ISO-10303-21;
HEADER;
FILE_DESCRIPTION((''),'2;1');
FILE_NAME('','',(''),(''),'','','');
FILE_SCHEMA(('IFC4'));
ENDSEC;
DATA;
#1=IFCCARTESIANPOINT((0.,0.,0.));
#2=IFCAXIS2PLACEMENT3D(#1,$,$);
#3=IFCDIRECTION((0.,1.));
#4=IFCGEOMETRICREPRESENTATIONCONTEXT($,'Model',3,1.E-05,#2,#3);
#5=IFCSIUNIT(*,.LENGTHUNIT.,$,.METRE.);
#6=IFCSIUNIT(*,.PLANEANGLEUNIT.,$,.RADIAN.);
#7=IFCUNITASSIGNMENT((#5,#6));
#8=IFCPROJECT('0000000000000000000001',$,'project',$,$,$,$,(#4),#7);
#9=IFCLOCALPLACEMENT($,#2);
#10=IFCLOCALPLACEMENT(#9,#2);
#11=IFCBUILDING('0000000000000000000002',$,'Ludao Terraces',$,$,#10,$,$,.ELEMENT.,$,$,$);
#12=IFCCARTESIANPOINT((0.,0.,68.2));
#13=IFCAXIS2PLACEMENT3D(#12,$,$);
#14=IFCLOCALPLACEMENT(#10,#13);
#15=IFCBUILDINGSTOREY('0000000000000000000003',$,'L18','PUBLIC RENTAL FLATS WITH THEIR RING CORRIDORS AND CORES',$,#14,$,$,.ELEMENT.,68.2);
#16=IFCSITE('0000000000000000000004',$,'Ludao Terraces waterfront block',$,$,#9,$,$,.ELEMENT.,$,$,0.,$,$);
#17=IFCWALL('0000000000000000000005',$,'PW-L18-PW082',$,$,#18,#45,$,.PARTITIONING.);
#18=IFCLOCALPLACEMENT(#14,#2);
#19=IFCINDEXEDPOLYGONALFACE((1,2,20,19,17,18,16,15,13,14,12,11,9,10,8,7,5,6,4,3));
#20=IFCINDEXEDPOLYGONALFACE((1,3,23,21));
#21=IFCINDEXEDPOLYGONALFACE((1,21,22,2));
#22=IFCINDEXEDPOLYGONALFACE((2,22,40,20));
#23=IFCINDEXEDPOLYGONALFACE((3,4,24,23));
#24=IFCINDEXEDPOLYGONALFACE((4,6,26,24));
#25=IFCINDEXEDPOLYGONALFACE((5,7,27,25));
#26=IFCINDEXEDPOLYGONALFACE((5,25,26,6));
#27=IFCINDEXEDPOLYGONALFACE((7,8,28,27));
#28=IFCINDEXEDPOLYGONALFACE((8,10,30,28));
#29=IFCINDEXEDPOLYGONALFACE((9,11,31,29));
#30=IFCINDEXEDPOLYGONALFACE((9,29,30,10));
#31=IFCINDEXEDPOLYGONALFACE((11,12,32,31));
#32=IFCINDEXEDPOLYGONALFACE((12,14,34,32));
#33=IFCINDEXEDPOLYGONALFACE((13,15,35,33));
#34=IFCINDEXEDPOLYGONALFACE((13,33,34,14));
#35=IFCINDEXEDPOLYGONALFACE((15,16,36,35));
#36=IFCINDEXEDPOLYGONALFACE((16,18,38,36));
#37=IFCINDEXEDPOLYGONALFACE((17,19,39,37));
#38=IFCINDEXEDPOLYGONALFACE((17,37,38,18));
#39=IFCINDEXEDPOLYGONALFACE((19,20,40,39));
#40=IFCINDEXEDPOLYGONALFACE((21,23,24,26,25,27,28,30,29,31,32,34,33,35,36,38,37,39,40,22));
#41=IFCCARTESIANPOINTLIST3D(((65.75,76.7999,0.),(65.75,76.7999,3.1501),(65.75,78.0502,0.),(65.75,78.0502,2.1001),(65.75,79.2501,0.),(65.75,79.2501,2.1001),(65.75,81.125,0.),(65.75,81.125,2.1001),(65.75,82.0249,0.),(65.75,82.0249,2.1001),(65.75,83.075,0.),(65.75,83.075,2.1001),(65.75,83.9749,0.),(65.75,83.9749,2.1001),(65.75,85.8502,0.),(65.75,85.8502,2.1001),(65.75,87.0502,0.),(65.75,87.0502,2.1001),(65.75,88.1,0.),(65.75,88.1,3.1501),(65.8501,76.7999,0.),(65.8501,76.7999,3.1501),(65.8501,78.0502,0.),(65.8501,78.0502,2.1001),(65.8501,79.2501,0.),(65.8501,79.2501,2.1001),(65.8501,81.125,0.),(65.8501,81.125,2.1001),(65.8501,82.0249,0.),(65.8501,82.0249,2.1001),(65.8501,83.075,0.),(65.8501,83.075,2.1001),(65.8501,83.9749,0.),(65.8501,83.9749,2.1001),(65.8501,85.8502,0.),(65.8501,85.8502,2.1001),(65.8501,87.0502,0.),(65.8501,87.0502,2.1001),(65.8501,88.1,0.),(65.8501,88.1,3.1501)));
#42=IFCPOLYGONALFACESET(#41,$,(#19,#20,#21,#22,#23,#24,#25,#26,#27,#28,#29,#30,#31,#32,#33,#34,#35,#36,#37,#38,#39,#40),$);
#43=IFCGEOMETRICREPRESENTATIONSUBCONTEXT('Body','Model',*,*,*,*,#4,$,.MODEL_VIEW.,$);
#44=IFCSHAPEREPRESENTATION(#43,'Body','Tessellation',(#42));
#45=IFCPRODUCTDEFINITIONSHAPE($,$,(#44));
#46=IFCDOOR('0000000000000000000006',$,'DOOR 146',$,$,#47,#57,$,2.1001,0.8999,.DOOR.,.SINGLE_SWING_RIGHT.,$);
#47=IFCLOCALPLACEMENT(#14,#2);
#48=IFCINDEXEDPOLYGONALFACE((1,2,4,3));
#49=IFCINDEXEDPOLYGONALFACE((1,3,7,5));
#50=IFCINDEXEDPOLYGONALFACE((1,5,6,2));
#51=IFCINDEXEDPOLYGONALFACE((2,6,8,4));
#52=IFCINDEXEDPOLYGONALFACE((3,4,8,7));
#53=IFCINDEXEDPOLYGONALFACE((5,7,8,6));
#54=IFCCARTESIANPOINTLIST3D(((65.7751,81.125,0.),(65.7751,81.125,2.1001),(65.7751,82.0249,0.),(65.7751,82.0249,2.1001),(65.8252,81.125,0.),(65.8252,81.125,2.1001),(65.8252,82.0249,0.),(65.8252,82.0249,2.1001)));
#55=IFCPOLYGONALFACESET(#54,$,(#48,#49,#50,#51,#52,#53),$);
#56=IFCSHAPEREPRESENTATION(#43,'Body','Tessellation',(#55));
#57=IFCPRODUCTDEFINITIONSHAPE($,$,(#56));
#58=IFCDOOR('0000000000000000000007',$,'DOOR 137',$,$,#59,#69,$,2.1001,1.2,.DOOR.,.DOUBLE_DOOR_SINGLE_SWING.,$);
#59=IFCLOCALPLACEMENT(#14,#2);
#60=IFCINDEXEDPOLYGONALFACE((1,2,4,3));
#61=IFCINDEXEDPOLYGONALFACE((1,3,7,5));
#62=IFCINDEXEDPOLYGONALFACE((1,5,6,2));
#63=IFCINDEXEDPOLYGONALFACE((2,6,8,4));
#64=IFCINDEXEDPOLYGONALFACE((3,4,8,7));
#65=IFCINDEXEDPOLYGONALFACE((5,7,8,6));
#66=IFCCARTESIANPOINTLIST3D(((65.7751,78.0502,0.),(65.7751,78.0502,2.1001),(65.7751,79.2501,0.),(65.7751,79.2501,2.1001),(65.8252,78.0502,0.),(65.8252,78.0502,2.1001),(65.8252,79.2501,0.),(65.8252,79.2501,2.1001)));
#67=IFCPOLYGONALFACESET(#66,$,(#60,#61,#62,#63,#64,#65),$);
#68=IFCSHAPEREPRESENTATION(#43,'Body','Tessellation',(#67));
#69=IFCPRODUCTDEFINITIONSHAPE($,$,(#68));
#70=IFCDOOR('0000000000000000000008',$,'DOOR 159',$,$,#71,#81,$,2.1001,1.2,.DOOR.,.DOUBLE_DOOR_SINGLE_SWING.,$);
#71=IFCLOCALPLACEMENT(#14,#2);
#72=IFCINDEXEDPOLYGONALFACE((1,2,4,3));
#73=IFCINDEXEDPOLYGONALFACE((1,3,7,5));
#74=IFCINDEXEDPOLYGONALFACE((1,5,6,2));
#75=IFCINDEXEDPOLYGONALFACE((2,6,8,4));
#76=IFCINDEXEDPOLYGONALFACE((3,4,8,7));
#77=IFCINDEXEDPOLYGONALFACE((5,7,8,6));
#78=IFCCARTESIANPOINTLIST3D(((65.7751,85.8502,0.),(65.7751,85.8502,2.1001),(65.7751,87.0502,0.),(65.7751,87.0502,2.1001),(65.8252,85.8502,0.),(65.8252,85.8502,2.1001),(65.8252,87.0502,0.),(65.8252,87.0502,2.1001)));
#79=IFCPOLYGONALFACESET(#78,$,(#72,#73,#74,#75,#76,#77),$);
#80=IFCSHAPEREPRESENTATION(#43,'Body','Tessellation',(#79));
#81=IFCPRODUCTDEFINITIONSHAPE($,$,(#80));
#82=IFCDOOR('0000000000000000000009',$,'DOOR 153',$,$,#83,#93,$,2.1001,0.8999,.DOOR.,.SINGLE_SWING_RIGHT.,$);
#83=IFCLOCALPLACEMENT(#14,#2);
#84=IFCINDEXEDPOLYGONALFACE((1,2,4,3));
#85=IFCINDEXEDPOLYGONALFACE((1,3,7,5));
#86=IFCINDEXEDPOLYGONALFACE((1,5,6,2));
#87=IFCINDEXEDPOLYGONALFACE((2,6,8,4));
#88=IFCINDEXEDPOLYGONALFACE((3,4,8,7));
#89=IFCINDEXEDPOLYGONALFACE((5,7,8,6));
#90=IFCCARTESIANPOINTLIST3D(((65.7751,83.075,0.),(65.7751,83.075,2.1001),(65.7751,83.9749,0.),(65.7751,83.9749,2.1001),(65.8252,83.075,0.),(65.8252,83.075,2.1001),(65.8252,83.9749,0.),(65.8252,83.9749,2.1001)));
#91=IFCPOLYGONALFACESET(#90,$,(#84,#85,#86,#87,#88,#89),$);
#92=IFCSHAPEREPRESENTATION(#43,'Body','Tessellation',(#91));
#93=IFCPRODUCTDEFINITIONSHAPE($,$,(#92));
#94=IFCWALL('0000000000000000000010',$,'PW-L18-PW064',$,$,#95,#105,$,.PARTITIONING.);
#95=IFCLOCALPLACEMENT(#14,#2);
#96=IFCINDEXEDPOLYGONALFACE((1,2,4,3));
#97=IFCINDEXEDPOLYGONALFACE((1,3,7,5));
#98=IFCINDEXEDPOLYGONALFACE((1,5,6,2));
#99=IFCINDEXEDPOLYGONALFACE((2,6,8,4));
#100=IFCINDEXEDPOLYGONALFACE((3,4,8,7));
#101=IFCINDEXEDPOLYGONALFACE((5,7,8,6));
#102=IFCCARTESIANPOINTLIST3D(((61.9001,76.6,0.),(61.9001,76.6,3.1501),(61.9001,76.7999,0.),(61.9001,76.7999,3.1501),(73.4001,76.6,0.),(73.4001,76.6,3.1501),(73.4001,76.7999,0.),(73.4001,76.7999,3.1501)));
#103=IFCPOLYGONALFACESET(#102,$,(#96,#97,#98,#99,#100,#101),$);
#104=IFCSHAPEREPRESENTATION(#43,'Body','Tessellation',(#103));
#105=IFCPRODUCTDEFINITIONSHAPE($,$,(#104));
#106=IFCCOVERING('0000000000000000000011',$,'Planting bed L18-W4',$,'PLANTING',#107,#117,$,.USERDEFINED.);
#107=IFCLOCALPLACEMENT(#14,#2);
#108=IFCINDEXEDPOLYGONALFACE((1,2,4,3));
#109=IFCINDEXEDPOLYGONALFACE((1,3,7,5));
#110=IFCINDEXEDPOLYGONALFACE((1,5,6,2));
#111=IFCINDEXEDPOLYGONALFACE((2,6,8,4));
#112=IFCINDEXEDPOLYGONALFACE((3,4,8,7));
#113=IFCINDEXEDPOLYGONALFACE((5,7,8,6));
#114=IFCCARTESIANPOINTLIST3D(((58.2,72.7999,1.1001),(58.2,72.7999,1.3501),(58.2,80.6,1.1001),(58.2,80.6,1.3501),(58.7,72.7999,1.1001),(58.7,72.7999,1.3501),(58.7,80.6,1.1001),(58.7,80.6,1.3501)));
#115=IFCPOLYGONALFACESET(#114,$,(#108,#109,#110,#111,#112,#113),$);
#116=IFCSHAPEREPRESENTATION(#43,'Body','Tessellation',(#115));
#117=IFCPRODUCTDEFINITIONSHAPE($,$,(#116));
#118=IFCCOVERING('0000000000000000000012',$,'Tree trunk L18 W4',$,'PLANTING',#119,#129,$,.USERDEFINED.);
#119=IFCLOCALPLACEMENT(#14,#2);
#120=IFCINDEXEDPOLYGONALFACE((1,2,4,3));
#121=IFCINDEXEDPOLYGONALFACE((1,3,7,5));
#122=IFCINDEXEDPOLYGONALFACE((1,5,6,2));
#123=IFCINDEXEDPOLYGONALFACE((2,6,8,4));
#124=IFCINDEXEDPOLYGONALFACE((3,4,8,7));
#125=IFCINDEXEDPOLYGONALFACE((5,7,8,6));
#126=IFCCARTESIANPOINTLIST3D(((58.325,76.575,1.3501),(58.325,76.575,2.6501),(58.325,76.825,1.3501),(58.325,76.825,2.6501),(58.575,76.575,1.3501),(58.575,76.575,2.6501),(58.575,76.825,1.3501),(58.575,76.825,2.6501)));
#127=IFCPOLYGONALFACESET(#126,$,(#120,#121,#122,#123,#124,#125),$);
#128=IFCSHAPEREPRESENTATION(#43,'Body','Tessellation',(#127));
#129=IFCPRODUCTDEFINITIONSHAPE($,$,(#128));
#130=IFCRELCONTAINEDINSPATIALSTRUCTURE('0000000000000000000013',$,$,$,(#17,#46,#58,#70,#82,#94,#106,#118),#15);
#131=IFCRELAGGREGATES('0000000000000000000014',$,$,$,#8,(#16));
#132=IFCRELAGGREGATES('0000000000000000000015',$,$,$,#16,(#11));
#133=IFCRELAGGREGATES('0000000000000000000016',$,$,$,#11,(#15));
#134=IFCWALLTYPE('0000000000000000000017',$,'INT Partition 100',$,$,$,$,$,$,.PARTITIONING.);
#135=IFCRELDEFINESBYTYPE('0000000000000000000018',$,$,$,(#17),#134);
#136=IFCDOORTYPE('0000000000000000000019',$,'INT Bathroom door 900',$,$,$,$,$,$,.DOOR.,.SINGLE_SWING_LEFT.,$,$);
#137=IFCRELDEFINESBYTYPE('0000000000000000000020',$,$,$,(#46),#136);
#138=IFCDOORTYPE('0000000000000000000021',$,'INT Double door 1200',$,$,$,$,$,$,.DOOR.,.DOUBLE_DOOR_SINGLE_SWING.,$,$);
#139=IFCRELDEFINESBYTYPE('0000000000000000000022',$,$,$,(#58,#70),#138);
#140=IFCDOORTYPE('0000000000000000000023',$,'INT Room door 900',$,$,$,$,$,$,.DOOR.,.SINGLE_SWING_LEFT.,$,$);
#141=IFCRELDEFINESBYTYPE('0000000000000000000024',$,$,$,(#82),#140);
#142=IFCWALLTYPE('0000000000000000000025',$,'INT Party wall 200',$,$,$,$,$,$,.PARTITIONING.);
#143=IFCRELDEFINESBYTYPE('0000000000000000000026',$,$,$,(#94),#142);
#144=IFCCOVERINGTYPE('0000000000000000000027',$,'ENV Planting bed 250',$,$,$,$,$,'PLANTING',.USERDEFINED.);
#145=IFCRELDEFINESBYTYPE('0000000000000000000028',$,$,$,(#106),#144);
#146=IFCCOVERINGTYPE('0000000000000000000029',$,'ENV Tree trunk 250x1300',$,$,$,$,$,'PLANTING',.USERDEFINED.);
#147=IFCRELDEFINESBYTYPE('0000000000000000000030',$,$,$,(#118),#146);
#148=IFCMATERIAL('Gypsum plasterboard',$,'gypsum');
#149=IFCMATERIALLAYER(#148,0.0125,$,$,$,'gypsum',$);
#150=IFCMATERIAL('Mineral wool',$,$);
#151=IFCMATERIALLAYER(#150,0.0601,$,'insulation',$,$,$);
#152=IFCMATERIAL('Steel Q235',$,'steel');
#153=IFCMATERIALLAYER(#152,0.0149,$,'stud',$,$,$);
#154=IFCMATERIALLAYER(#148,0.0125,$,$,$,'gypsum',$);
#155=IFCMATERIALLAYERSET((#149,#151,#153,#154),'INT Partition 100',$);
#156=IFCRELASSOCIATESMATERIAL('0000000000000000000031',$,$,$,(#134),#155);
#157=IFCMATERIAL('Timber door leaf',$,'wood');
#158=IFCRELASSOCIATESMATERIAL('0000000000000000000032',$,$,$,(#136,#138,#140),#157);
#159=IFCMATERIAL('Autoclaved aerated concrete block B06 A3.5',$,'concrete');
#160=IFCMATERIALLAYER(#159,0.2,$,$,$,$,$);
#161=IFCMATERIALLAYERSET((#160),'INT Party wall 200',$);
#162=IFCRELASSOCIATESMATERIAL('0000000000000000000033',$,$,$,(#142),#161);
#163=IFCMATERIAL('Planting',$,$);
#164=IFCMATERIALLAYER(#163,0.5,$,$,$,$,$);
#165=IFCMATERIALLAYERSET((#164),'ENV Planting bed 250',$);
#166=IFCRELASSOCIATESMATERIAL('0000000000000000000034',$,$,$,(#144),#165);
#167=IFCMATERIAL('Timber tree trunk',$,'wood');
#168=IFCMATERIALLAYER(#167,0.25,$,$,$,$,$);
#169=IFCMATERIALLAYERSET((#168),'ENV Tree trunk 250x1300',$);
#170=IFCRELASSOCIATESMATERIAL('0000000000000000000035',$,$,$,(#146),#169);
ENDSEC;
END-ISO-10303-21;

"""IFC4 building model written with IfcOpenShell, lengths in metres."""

from ifc_helpers import new_model, si_unit, direction, frame, frame_2d, origin, origin_2d, place, context, subcontext, project, spatial, rectangle, extrude, material, layer, layer_set, type_object, element, fill, save


model = new_model("IFC4")

# Units and contexts
model_context = context("Model", 3, precision=1e-05, world=origin(), true_north=direction((0.0, 1.0)))
body_context = subcontext(model_context, "Body", "Model", "MODEL_VIEW")
ifc_project = project(units=[si_unit("LENGTHUNIT", "METRE"), si_unit("PLANEANGLEUNIT", "RADIAN")], contexts=[model_context])

# Site, building, storey
site_placement = place(None, origin())
site = spatial("IfcSite", under=ifc_project, at=site_placement, Name="Ludao Terraces waterfront block", CompositionType="ELEMENT", RefElevation=0.0)
building_placement = place(site_placement, origin())
building = spatial("IfcBuilding", under=site, at=building_placement, Name="Ludao Terraces", CompositionType="ELEMENT")
storey_placement = place(building_placement, frame((0.0, 0.0, 68.2)))
storey = spatial("IfcBuildingStorey", under=building, at=storey_placement, Name="L18", Description="PUBLIC RENTAL FLATS WITH THEIR RING CORRIDORS AND CORES", CompositionType="ELEMENT", Elevation=68.2)

# Shared definitions
ifc_material_1 = material(Name="Mineral wool")

# Shared definitions
ifc_material_2 = material(Name="Gypsum plasterboard", Category="gypsum")
ifc_layer_1 = layer(ifc_material_2, 0.0125, Category="gypsum")
ifc_layer_2 = layer(ifc_material_1, 0.0601, Name="insulation")
ifc_material_3 = material(Name="Steel Q235", Category="steel")
ifc_layer_3 = layer(ifc_material_3, 0.0149, Name="stud")
ifc_layer_4 = layer(ifc_material_2, 0.0125, Category="gypsum")
ifc_layer_set_1 = layer_set([ifc_layer_1, ifc_layer_2, ifc_layer_3, ifc_layer_4], Name="INT Partition 100")
wall_type_1 = type_object("IfcWallType", Name="INT Partition 100", PredefinedType="PARTITIONING", material=ifc_layer_set_1)

# Wall, openings, doors
wall_1_placement = place(storey_placement, frame((65.8, 76.8, 0.0), z_axis=(0.0, 0.0, 1.0), x_axis=(0.0, 1.0, 0.0)))
wall_1 = element("IfcWall", 1, at=wall_1_placement, inside=storey, type_object=wall_type_1, Name="PW-L18-PW082", PredefinedType="PARTITIONING", context=body_context, shape_type="SweptSolid", body=[
    extrude(rectangle(XDim=11.3, YDim=0.1001, at=frame_2d((5.6499, 0.0))), origin(), (0.0, 0.0, 1.0), 3.1501),
])
opening_1_placement = place(wall_1_placement, frame((1.25, 0.0, 0.0)))
opening_1 = element("IfcOpeningElement", 2, at=opening_1_placement, cuts=wall_1, PredefinedType="OPENING", context=body_context, shape_type="SweptSolid", body=[
    extrude(rectangle(XDim=1.2, YDim=2.1001, at=frame_2d((0.6001, 1.05))), frame((0.0, 0.0601, 0.0), z_axis=(0.0, -1.0, 0.0), x_axis=(1.0, 0.0, 0.0)), (0.0, 0.0, 1.0), 0.1201),
])
opening_2_placement = place(wall_1_placement, frame((4.325, 0.0, 0.0)))
opening_2 = element("IfcOpeningElement", 3, at=opening_2_placement, cuts=wall_1, PredefinedType="OPENING", context=body_context, shape_type="SweptSolid", body=[
    extrude(rectangle(XDim=0.8999, YDim=2.1001, at=frame_2d((0.45, 1.05))), frame((0.0, 0.0601, 0.0), z_axis=(0.0, -1.0, 0.0), x_axis=(1.0, 0.0, 0.0)), (0.0, 0.0, 1.0), 0.1201),
])
opening_3_placement = place(wall_1_placement, frame((6.2749, 0.0, 0.0)))
opening_3 = element("IfcOpeningElement", 4, at=opening_3_placement, cuts=wall_1, PredefinedType="OPENING", context=body_context, shape_type="SweptSolid", body=[
    extrude(rectangle(XDim=0.8999, YDim=2.1001, at=frame_2d((0.45, 1.05))), frame((0.0, 0.0601, 0.0), z_axis=(0.0, -1.0, 0.0), x_axis=(1.0, 0.0, 0.0)), (0.0, 0.0, 1.0), 0.1201),
])
opening_4_placement = place(wall_1_placement, frame((9.05, 0.0, 0.0)))
opening_4 = element("IfcOpeningElement", 5, at=opening_4_placement, cuts=wall_1, PredefinedType="OPENING", context=body_context, shape_type="SweptSolid", body=[
    extrude(rectangle(XDim=1.2, YDim=2.1001, at=frame_2d((0.6001, 1.05))), frame((0.0, 0.0601, 0.0), z_axis=(0.0, -1.0, 0.0), x_axis=(1.0, 0.0, 0.0)), (0.0, 0.0, 1.0), 0.1201),
])
ifc_material_4 = material(Name="Timber door leaf", Category="wood")
door_type_1 = type_object("IfcDoorType", Name="INT Bathroom door 900", OperationType="SINGLE_SWING_LEFT", PredefinedType="DOOR", material=ifc_material_4)
door_1_placement = place(opening_2_placement, origin())
door_1 = element("IfcDoor", 6, at=door_1_placement, inside=storey, type_object=door_type_1, Name="DOOR 146", OperationType="SINGLE_SWING_RIGHT", OverallHeight=2.1001, OverallWidth=0.8999, PredefinedType="DOOR", context=body_context, shape_type="SweptSolid", body=[
    extrude(rectangle(XDim=0.8999, YDim=2.1001, at=frame_2d((0.45, 1.05))), frame((0.0, 0.0249, 0.0), z_axis=(0.0, -1.0, 0.0), x_axis=(1.0, 0.0, 0.0)), (0.0, 0.0, 1.0), 0.05),
])
fill(opening_2, door_1)
door_type_2 = type_object("IfcDoorType", Name="INT Double door 1200", OperationType="DOUBLE_DOOR_SINGLE_SWING", PredefinedType="DOOR", material=ifc_material_4)
door_2_placement = place(opening_1_placement, origin())
door_2 = element("IfcDoor", 7, at=door_2_placement, inside=storey, type_object=door_type_2, Name="DOOR 137", OperationType="DOUBLE_DOOR_SINGLE_SWING", OverallHeight=2.1001, OverallWidth=1.2, PredefinedType="DOOR", context=body_context, shape_type="SweptSolid", body=[
    extrude(rectangle(XDim=1.2, YDim=2.1001, at=frame_2d((0.6001, 1.05))), frame((0.0, 0.0249, 0.0), z_axis=(0.0, -1.0, 0.0), x_axis=(1.0, 0.0, 0.0)), (0.0, 0.0, 1.0), 0.05),
])
fill(opening_1, door_2)
door_3_placement = place(opening_4_placement, origin())
door_3 = element("IfcDoor", 8, at=door_3_placement, inside=storey, type_object=door_type_2, Name="DOOR 159", OperationType="DOUBLE_DOOR_SINGLE_SWING", OverallHeight=2.1001, OverallWidth=1.2, PredefinedType="DOOR", context=body_context, shape_type="SweptSolid", body=[
    extrude(rectangle(XDim=1.2, YDim=2.1001, at=frame_2d((0.6001, 1.05))), frame((0.0, 0.0249, 0.0), z_axis=(0.0, -1.0, 0.0), x_axis=(1.0, 0.0, 0.0)), (0.0, 0.0, 1.0), 0.05),
])
fill(opening_4, door_3)
door_type_3 = type_object("IfcDoorType", Name="INT Room door 900", OperationType="SINGLE_SWING_LEFT", PredefinedType="DOOR", material=ifc_material_4)
door_4_placement = place(opening_3_placement, origin())
door_4 = element("IfcDoor", 9, at=door_4_placement, inside=storey, type_object=door_type_3, Name="DOOR 153", OperationType="SINGLE_SWING_RIGHT", OverallHeight=2.1001, OverallWidth=0.8999, PredefinedType="DOOR", context=body_context, shape_type="SweptSolid", body=[
    extrude(rectangle(XDim=0.8999, YDim=2.1001, at=frame_2d((0.45, 1.05))), frame((0.0, 0.0249, 0.0), z_axis=(0.0, -1.0, 0.0), x_axis=(1.0, 0.0, 0.0)), (0.0, 0.0, 1.0), 0.05),
])
fill(opening_3, door_4)

# Wall
ifc_material_5 = material(Name="Autoclaved aerated concrete block B06 A3.5", Category="concrete")
ifc_layer_5 = layer(ifc_material_5, 0.2)
ifc_layer_set_2 = layer_set([ifc_layer_5], Name="INT Party wall 200")
wall_type_2 = type_object("IfcWallType", Name="INT Party wall 200", PredefinedType="PARTITIONING", material=ifc_layer_set_2)
wall_2_placement = place(storey_placement, frame((61.9001, 76.7, 0.0), z_axis=(0.0, 0.0, 1.0), x_axis=(1.0, 0.0, 0.0)))
element("IfcWall", 10, at=wall_2_placement, inside=storey, type_object=wall_type_2, Name="PW-L18-PW064", PredefinedType="PARTITIONING", context=body_context, shape_type="SweptSolid", body=[
    extrude(rectangle(XDim=11.5, YDim=0.2, at=frame_2d((5.75, 0.0))), origin(), (0.0, 0.0, 1.0), 3.1501),
])

# Coverings
ifc_material_6 = material(Name="Planting")
ifc_layer_6 = layer(ifc_material_6, 0.5)
ifc_layer_set_3 = layer_set([ifc_layer_6], Name="ENV Planting bed 250")
covering_type_1 = type_object("IfcCoveringType", Name="ENV Planting bed 250", ElementType="PLANTING", PredefinedType="USERDEFINED", material=ifc_layer_set_3)
covering_1_placement = place(storey_placement, frame((58.45, 76.7, 1.1001), z_axis=(0.0, 0.0, 1.0), x_axis=(1.0, 0.0, 0.0)))
element("IfcCovering", 11, at=covering_1_placement, inside=storey, type_object=covering_type_1, Name="Planting bed L18-W4", ObjectType="PLANTING", PredefinedType="USERDEFINED", context=body_context, shape_type="SweptSolid", body=[
    extrude(rectangle(XDim=0.5, YDim=7.8, at=origin_2d()), origin(), (0.0, 0.0, 1.0), 0.25),
])
ifc_material_7 = material(Name="Timber tree trunk", Category="wood")
ifc_layer_7 = layer(ifc_material_7, 0.25)
ifc_layer_set_4 = layer_set([ifc_layer_7], Name="ENV Tree trunk 250x1300")
covering_type_2 = type_object("IfcCoveringType", Name="ENV Tree trunk 250x1300", ElementType="PLANTING", PredefinedType="USERDEFINED", material=ifc_layer_set_4)
covering_2_placement = place(storey_placement, frame((58.45, 76.7, 1.3501), z_axis=(0.0, 0.0, 1.0), x_axis=(1.0, 0.0, 0.0)))
element("IfcCovering", 12, at=covering_2_placement, inside=storey, type_object=covering_type_2, Name="Tree trunk L18 W4", ObjectType="PLANTING", PredefinedType="USERDEFINED", context=body_context, shape_type="SweptSolid", body=[
    extrude(rectangle(XDim=0.25, YDim=0.25, at=origin_2d()), origin(), (0.0, 0.0, 1.0), 1.3),
])

save(model, "model.ifc")
